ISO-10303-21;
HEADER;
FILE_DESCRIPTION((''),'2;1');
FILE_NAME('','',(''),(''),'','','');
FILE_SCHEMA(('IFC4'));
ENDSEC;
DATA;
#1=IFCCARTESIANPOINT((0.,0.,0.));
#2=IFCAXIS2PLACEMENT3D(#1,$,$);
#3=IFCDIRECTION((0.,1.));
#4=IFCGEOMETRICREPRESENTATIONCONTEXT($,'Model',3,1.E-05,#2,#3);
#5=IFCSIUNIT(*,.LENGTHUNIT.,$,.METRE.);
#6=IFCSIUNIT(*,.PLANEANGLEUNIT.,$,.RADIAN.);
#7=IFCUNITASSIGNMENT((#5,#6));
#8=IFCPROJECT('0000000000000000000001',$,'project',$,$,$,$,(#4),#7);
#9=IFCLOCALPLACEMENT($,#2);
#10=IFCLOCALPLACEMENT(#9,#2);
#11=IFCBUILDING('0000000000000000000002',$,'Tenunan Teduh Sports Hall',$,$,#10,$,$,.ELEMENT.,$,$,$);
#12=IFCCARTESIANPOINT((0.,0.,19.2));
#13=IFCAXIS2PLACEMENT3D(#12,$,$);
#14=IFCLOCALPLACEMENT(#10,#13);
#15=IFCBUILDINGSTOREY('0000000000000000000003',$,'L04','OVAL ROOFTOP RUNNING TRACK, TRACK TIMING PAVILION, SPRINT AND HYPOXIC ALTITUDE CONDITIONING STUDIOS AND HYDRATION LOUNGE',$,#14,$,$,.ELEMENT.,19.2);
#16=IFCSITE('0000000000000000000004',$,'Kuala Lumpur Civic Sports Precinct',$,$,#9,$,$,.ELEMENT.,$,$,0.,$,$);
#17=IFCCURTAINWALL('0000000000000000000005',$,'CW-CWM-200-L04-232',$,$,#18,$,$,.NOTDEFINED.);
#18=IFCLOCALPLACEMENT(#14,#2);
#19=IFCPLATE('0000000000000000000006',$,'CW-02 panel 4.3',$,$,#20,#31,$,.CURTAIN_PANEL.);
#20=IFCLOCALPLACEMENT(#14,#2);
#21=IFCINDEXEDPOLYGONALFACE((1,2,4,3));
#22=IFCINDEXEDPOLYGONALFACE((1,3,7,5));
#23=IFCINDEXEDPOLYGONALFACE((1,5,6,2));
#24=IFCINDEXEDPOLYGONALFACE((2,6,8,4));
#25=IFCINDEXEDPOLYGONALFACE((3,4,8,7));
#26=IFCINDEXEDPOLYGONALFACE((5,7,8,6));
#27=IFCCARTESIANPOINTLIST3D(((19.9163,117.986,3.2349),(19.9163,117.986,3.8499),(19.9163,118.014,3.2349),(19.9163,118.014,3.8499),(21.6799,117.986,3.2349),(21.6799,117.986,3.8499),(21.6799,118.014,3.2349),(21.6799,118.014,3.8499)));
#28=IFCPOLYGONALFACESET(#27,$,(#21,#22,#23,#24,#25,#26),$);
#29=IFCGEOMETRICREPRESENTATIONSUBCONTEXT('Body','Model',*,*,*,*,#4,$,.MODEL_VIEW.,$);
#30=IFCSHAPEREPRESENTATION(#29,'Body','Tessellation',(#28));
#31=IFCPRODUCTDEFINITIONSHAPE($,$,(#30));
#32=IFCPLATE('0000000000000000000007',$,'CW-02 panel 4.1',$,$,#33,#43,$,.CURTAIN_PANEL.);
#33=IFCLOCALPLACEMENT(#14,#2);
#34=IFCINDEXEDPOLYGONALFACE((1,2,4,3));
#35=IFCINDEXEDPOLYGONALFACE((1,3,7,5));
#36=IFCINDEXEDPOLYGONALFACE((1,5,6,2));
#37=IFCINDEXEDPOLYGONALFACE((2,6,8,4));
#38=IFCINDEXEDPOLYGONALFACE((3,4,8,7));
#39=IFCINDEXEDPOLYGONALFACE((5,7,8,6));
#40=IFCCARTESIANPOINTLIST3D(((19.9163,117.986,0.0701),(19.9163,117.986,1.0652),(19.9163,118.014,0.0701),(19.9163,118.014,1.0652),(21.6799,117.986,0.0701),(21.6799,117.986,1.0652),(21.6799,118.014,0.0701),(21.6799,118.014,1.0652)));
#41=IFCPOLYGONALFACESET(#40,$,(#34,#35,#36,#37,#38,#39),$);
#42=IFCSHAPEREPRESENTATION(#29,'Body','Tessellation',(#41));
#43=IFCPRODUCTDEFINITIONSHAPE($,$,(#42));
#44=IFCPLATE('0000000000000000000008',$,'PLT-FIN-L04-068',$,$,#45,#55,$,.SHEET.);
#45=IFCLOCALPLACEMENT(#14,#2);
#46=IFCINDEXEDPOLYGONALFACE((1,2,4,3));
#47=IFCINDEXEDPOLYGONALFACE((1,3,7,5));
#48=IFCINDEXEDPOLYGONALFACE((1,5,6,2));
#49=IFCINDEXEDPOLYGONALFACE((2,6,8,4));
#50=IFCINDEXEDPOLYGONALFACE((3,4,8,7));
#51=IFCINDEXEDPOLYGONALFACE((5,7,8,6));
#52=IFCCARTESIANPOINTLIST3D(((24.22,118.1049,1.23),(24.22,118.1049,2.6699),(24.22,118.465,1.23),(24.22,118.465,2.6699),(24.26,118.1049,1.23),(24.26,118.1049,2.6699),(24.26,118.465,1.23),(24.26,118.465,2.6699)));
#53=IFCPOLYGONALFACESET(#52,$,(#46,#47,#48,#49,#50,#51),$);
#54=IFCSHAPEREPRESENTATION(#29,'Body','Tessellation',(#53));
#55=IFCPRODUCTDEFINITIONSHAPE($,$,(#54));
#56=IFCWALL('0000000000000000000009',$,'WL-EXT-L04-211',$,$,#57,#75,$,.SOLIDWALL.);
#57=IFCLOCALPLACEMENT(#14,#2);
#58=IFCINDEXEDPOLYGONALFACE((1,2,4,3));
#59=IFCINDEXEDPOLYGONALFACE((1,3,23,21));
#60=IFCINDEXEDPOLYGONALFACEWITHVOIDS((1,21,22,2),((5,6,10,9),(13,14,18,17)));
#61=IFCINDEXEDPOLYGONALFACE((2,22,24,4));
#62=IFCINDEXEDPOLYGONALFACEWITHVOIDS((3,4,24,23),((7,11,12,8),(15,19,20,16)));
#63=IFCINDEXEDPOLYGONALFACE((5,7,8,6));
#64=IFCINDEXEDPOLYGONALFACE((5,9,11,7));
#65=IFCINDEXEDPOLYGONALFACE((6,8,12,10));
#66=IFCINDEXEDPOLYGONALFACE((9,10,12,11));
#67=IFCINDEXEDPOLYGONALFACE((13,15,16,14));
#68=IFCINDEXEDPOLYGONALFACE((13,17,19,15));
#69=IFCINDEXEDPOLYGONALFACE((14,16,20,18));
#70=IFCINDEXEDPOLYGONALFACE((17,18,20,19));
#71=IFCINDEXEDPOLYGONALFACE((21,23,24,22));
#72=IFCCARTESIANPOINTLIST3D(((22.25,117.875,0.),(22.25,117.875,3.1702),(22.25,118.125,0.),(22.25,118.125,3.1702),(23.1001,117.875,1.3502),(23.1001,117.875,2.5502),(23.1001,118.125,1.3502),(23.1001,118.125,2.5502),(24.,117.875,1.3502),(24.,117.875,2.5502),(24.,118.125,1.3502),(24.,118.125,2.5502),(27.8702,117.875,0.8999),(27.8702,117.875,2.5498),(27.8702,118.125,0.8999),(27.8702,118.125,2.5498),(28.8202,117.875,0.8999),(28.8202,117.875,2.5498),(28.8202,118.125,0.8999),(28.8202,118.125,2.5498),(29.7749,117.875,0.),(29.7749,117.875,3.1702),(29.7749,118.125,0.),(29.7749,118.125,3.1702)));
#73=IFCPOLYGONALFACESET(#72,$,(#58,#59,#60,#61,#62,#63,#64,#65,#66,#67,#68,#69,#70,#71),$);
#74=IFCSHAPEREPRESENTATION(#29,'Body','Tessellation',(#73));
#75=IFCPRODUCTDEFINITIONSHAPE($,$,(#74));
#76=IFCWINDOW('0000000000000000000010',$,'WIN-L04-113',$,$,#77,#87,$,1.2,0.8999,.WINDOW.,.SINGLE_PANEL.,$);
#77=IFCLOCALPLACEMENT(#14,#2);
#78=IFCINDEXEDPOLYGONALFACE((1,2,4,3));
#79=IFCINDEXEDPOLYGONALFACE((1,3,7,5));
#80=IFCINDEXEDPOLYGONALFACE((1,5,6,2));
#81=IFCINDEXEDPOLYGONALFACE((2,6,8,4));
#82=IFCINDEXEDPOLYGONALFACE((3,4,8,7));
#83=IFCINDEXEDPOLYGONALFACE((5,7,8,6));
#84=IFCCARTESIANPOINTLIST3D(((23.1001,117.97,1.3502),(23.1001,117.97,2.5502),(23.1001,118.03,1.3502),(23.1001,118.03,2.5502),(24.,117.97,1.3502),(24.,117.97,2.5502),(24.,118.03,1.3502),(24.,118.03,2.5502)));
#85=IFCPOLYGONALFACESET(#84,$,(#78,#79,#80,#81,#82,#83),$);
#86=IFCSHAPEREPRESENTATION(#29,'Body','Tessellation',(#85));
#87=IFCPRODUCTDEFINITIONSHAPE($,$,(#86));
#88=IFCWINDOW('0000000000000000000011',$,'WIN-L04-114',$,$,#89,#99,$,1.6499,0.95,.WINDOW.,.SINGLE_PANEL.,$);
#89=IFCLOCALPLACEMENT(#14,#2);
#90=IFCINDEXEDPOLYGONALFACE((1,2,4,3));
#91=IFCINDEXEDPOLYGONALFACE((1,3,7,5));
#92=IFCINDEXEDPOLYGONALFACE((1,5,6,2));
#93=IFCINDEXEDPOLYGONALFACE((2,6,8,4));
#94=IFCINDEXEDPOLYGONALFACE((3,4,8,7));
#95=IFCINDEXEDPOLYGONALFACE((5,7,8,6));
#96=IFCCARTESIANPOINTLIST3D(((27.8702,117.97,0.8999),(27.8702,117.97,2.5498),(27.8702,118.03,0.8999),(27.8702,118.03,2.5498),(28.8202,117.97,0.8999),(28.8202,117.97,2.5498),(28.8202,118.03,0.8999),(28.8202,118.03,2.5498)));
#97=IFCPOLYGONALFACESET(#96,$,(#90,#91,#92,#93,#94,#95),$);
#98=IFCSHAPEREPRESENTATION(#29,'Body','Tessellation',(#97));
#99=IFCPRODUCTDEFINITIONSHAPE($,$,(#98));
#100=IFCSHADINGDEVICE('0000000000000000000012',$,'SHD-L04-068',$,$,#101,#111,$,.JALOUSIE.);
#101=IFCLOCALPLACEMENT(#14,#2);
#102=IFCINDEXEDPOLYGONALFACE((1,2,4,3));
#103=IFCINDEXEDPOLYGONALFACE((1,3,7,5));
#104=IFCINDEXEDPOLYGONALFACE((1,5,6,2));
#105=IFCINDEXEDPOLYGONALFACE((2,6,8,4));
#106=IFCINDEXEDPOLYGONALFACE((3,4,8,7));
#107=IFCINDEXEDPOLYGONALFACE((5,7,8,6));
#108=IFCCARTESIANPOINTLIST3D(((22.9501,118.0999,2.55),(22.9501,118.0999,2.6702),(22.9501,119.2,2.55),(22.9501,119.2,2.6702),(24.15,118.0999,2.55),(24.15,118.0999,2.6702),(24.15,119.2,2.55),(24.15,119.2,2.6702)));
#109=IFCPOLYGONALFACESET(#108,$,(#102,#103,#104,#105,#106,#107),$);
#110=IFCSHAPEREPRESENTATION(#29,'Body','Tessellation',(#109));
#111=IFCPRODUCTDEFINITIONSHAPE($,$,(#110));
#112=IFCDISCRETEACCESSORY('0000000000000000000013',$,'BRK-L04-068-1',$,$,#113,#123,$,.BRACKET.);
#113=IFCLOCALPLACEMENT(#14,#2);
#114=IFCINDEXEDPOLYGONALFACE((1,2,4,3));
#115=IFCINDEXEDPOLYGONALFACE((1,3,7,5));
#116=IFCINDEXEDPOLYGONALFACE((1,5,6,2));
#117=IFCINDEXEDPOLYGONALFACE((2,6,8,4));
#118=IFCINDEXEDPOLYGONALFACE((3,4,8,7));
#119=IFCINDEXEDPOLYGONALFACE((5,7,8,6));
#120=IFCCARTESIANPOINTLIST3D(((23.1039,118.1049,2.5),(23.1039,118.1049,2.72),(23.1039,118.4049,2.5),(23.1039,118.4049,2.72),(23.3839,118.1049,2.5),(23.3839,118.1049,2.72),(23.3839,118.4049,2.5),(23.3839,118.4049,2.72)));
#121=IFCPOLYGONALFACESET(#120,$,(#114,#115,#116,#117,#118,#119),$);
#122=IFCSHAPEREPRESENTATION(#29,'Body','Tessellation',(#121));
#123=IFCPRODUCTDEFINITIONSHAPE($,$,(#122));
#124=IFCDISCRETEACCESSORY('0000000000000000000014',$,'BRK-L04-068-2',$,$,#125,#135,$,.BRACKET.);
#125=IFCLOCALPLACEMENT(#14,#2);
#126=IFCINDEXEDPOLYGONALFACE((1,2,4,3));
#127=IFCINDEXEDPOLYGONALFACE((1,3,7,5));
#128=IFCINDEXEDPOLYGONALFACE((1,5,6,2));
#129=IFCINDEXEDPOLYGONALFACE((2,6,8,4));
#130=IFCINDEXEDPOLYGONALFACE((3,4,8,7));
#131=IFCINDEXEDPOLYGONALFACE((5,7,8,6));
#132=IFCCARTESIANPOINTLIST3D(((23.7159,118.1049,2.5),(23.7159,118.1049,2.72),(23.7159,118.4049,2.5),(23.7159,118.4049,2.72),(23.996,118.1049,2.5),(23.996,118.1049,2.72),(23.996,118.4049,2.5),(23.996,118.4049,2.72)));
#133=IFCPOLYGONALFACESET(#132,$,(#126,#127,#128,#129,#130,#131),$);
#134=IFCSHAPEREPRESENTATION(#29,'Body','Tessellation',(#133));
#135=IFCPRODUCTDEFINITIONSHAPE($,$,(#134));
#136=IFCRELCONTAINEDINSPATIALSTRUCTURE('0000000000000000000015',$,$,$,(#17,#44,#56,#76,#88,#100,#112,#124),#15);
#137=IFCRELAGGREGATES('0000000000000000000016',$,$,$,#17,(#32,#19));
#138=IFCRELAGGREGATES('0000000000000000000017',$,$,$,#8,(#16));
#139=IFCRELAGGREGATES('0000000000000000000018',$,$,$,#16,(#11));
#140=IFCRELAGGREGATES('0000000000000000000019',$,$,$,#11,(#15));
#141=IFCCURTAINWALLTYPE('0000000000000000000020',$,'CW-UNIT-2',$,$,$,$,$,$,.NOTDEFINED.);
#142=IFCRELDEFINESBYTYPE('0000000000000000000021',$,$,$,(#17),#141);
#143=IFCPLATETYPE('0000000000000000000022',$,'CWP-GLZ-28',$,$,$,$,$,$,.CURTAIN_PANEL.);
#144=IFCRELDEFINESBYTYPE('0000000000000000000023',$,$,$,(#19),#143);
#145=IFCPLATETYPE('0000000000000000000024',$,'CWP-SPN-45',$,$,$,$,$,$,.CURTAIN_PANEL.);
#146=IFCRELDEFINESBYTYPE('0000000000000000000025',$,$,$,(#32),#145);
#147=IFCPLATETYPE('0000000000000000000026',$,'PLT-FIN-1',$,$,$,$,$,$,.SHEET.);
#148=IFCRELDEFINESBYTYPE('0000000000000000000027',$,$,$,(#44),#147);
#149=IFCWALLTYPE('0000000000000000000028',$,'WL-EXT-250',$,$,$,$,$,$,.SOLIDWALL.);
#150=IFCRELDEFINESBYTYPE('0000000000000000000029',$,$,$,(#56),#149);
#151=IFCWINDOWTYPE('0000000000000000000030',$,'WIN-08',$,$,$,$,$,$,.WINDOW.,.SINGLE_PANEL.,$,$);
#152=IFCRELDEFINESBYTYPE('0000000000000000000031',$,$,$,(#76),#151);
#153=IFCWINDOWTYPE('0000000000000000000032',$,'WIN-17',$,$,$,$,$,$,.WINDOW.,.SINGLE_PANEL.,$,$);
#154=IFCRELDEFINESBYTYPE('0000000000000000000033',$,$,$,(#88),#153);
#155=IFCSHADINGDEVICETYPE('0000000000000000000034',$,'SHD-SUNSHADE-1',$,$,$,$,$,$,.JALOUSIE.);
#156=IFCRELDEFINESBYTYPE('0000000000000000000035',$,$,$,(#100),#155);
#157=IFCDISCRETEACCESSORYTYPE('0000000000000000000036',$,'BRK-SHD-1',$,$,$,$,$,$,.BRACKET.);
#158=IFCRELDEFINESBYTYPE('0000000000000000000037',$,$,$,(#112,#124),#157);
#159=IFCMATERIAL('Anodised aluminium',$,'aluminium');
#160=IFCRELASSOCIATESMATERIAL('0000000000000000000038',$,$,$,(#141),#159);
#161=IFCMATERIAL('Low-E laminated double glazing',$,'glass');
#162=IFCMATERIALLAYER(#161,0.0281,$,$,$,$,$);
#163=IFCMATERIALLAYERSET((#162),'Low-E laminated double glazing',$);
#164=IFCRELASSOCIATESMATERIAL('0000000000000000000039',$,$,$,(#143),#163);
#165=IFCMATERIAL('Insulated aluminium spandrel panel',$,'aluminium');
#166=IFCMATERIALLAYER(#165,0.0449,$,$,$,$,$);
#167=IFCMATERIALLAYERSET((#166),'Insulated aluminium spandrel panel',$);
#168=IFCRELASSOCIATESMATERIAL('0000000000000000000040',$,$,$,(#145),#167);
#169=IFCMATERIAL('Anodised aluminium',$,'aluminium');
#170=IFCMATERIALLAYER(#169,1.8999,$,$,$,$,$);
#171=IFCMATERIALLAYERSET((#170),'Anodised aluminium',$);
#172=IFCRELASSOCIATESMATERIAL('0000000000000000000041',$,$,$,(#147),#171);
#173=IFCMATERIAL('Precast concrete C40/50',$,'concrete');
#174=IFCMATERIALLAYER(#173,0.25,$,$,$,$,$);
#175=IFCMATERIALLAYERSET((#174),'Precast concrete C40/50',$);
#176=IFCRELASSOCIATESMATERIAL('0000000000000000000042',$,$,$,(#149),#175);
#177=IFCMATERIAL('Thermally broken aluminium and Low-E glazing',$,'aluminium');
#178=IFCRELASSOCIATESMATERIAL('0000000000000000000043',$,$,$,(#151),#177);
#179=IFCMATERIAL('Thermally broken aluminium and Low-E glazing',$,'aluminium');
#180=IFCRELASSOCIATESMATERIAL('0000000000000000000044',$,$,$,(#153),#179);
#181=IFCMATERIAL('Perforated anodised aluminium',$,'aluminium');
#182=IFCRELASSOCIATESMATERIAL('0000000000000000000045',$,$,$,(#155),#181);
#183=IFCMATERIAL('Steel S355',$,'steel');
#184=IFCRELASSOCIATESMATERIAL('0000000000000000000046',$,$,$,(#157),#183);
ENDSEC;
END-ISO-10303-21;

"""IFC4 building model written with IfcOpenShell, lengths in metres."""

from ifc_helpers import new_model, si_unit, direction, frame, frame_2d, origin, origin_2d, place, context, subcontext, project, spatial, rectangle, extrude, material, layer, layer_set, type_object, element, fill, aggregate, save


model = new_model("IFC4")

# Units and contexts
model_context = context("Model", 3, precision=1e-05, world=origin(), true_north=direction((0.0, 1.0)))
body_context = subcontext(model_context, "Body", "Model", "MODEL_VIEW")
ifc_project = project(units=[si_unit("LENGTHUNIT", "METRE"), si_unit("PLANEANGLEUNIT", "RADIAN")], contexts=[model_context])

# Site, building, storey
site_placement = place(None, origin())
site = spatial("IfcSite", under=ifc_project, at=site_placement, Name="Kuala Lumpur Civic Sports Precinct", CompositionType="ELEMENT", RefElevation=0.0)
building_placement = place(site_placement, origin())
building = spatial("IfcBuilding", under=site, at=building_placement, Name="Tenunan Teduh Sports Hall", CompositionType="ELEMENT")
storey_placement = place(building_placement, frame((0.0, 0.0, 19.2)))
storey = spatial("IfcBuildingStorey", under=building, at=storey_placement, Name="L04", Description="OVAL ROOFTOP RUNNING TRACK, TRACK TIMING PAVILION, SPRINT AND HYPOXIC ALTITUDE CONDITIONING STUDIOS AND HYDRATION LOUNGE", CompositionType="ELEMENT", Elevation=19.2)

# Curtain wall, plates
ifc_material_1 = material(Name="Anodised aluminium", Category="aluminium")
curtain_wall_type = type_object("IfcCurtainWallType", Name="CW-UNIT-2", PredefinedType="NOTDEFINED", material=ifc_material_1)
curtain_wall_placement = place(storey_placement, origin())
curtain_wall = element("IfcCurtainWall", 1, at=curtain_wall_placement, inside=storey, type_object=curtain_wall_type, Name="CW-CWM-200-L04-232", PredefinedType="NOTDEFINED")
ifc_material_2 = material(Name="Low-E laminated double glazing", Category="glass")
ifc_layer_1 = layer(ifc_material_2, 0.0281)
ifc_layer_set_1 = layer_set([ifc_layer_1], Name="Low-E laminated double glazing")
plate_type_1 = type_object("IfcPlateType", Name="CWP-GLZ-28", PredefinedType="CURTAIN_PANEL", material=ifc_layer_set_1)
plate_1_placement = place(storey_placement, frame((20.7981, 118.0, 3.2349), z_axis=(0.0, 0.0, 1.0), x_axis=(1.0, 0.0, 0.0)))
plate_1 = element("IfcPlate", 2, at=plate_1_placement, type_object=plate_type_1, Name="CW-02 panel 4.3", PredefinedType="CURTAIN_PANEL", context=body_context, shape_type="SweptSolid", body=[
    extrude(rectangle(XDim=1.7637, YDim=0.0281, at=origin_2d()), origin(), (0.0, 0.0, 1.0), 0.615),
])
ifc_material_3 = material(Name="Insulated aluminium spandrel panel", Category="aluminium")
ifc_layer_2 = layer(ifc_material_3, 0.0449)
ifc_layer_set_2 = layer_set([ifc_layer_2], Name="Insulated aluminium spandrel panel")
plate_type_2 = type_object("IfcPlateType", Name="CWP-SPN-45", PredefinedType="CURTAIN_PANEL", material=ifc_layer_set_2)
plate_2_placement = place(storey_placement, frame((20.7981, 118.0, 0.0701), z_axis=(0.0, 0.0, 1.0), x_axis=(1.0, 0.0, 0.0)))
plate_2 = element("IfcPlate", 3, at=plate_2_placement, type_object=plate_type_2, Name="CW-02 panel 4.1", PredefinedType="CURTAIN_PANEL", context=body_context, shape_type="SweptSolid", body=[
    extrude(rectangle(XDim=1.7637, YDim=0.0281, at=origin_2d()), origin(), (0.0, 0.0, 1.0), 0.9951),
])
aggregate(curtain_wall, [plate_2, plate_1])

# Plate
ifc_material_4 = material(Name="Anodised aluminium", Category="aluminium")
ifc_layer_3 = layer(ifc_material_4, 1.8999)
ifc_layer_set_3 = layer_set([ifc_layer_3], Name="Anodised aluminium")
plate_type_3 = type_object("IfcPlateType", Name="PLT-FIN-1", PredefinedType="SHEET", material=ifc_layer_set_3)
plate_3_placement = place(storey_placement, frame((24.24, 118.2849, 1.23), z_axis=(0.0, 0.0, 1.0), x_axis=(1.0, 0.0, 0.0)))
element("IfcPlate", 4, at=plate_3_placement, inside=storey, type_object=plate_type_3, Name="PLT-FIN-L04-068", PredefinedType="SHEET", context=body_context, shape_type="SweptSolid", body=[
    extrude(rectangle(XDim=0.04, YDim=0.3601, at=origin_2d()), origin(), (0.0, 0.0, 1.0), 1.4399),
])

# Wall, openings, windows
ifc_material_5 = material(Name="Precast concrete C40/50", Category="concrete")
ifc_layer_4 = layer(ifc_material_5, 0.25)
ifc_layer_set_4 = layer_set([ifc_layer_4], Name="Precast concrete C40/50")
wall_type = type_object("IfcWallType", Name="WL-EXT-250", PredefinedType="SOLIDWALL", material=ifc_layer_set_4)
wall_placement = place(storey_placement, frame((22.25, 118.0, 0.0), z_axis=(0.0, 0.0, 1.0), x_axis=(1.0, 0.0, 0.0)))
wall = element("IfcWall", 5, at=wall_placement, inside=storey, type_object=wall_type, Name="WL-EXT-L04-211", PredefinedType="SOLIDWALL", context=body_context, shape_type="SweptSolid", body=[
    extrude(rectangle(XDim=7.5249, YDim=0.25, at=frame_2d((3.7625, 0.0))), origin(), (0.0, 0.0, 1.0), 3.1702),
])
opening_1_placement = place(wall_placement, frame((0.8501, 0.0, 1.3501)))
opening_1 = element("IfcOpeningElement", 6, at=opening_1_placement, cuts=wall, PredefinedType="OPENING", context=body_context, shape_type="SweptSolid", body=[
    extrude(rectangle(XDim=0.8999, YDim=1.2, at=frame_2d((0.45, 0.6001))), frame((0.0, 0.135, 0.0), z_axis=(0.0, -1.0, 0.0), x_axis=(1.0, 0.0, 0.0)), (0.0, 0.0, 1.0), 0.27),
])
opening_2_placement = place(wall_placement, frame((5.6201, 0.0, 0.8999)))
opening_2 = element("IfcOpeningElement", 7, at=opening_2_placement, cuts=wall, PredefinedType="OPENING", context=body_context, shape_type="SweptSolid", body=[
    extrude(rectangle(XDim=0.95, YDim=1.6499, at=frame_2d((0.4751, 0.825))), frame((0.0, 0.135, 0.0), z_axis=(0.0, -1.0, 0.0), x_axis=(1.0, 0.0, 0.0)), (0.0, 0.0, 1.0), 0.27),
])
ifc_material_6 = material(Name="Thermally broken aluminium and Low-E glazing", Category="aluminium")
window_type_1 = type_object("IfcWindowType", Name="WIN-08", PartitioningType="SINGLE_PANEL", PredefinedType="WINDOW", material=ifc_material_6)
window_1_placement = place(opening_1_placement, origin())
window_1 = element("IfcWindow", 8, at=window_1_placement, inside=storey, type_object=window_type_1, Name="WIN-L04-113", OverallHeight=1.2, OverallWidth=0.8999, PartitioningType="SINGLE_PANEL", PredefinedType="WINDOW", context=body_context, shape_type="SweptSolid", body=[
    extrude(rectangle(XDim=0.8999, YDim=1.2, at=frame_2d((0.45, 0.6001))), frame((0.0, 0.03, 0.0), z_axis=(0.0, -1.0, 0.0), x_axis=(1.0, 0.0, 0.0)), (0.0, 0.0, 1.0), 0.0601),
])
fill(opening_1, window_1)
ifc_material_7 = material(Name="Thermally broken aluminium and Low-E glazing", Category="aluminium")
window_type_2 = type_object("IfcWindowType", Name="WIN-17", PartitioningType="SINGLE_PANEL", PredefinedType="WINDOW", material=ifc_material_7)
window_2_placement = place(opening_2_placement, origin())
window_2 = element("IfcWindow", 9, at=window_2_placement, inside=storey, type_object=window_type_2, Name="WIN-L04-114", OverallHeight=1.6499, OverallWidth=0.95, PartitioningType="SINGLE_PANEL", PredefinedType="WINDOW", context=body_context, shape_type="SweptSolid", body=[
    extrude(rectangle(XDim=0.95, YDim=1.6499, at=frame_2d((0.4751, 0.825))), frame((0.0, 0.03, 0.0), z_axis=(0.0, -1.0, 0.0), x_axis=(1.0, 0.0, 0.0)), (0.0, 0.0, 1.0), 0.0601),
])
fill(opening_2, window_2)

# Shading device
ifc_material_8 = material(Name="Perforated anodised aluminium", Category="aluminium")
shading_device_type = type_object("IfcShadingDeviceType", Name="SHD-SUNSHADE-1", PredefinedType="JALOUSIE", material=ifc_material_8)
shading_device_placement = place(storey_placement, frame((23.55, 118.6499, 2.55), z_axis=(0.0, 0.0, 1.0), x_axis=(1.0, 0.0, 0.0)))
element("IfcShadingDevice", 10, at=shading_device_placement, inside=storey, type_object=shading_device_type, Name="SHD-L04-068", PredefinedType="JALOUSIE", context=body_context, shape_type="SweptSolid", body=[
    extrude(rectangle(XDim=1.2, YDim=1.1001, at=origin_2d()), origin(), (0.0, 0.0, 1.0), 0.1201),
])

# Discrete accessories
ifc_material_9 = material(Name="Steel S355", Category="steel")
discrete_accessory_type = type_object("IfcDiscreteAccessoryType", Name="BRK-SHD-1", PredefinedType="BRACKET", material=ifc_material_9)
for number, where, z_axis, x_axis, name in (
    (11, (23.2439, 118.2549, 2.5), (0.0, 0.0, 1.0), (1.0, 0.0, 0.0), "BRK-L04-068-1"),
    (12, (23.856, 118.2549, 2.5), (0.0, 0.0, 1.0), (1.0, 0.0, 0.0), "BRK-L04-068-2"),
):
    element("IfcDiscreteAccessory", number, at=place(storey_placement, frame(where, z_axis=z_axis, x_axis=x_axis)), inside=storey, type_object=discrete_accessory_type, Name=name, PredefinedType="BRACKET", context=body_context, shape_type="SweptSolid", body=[
        extrude(rectangle(XDim=0.28, YDim=0.3, at=origin_2d()), origin(), (0.0, 0.0, 1.0), 0.22),
    ])

save(model, "model.ifc")
